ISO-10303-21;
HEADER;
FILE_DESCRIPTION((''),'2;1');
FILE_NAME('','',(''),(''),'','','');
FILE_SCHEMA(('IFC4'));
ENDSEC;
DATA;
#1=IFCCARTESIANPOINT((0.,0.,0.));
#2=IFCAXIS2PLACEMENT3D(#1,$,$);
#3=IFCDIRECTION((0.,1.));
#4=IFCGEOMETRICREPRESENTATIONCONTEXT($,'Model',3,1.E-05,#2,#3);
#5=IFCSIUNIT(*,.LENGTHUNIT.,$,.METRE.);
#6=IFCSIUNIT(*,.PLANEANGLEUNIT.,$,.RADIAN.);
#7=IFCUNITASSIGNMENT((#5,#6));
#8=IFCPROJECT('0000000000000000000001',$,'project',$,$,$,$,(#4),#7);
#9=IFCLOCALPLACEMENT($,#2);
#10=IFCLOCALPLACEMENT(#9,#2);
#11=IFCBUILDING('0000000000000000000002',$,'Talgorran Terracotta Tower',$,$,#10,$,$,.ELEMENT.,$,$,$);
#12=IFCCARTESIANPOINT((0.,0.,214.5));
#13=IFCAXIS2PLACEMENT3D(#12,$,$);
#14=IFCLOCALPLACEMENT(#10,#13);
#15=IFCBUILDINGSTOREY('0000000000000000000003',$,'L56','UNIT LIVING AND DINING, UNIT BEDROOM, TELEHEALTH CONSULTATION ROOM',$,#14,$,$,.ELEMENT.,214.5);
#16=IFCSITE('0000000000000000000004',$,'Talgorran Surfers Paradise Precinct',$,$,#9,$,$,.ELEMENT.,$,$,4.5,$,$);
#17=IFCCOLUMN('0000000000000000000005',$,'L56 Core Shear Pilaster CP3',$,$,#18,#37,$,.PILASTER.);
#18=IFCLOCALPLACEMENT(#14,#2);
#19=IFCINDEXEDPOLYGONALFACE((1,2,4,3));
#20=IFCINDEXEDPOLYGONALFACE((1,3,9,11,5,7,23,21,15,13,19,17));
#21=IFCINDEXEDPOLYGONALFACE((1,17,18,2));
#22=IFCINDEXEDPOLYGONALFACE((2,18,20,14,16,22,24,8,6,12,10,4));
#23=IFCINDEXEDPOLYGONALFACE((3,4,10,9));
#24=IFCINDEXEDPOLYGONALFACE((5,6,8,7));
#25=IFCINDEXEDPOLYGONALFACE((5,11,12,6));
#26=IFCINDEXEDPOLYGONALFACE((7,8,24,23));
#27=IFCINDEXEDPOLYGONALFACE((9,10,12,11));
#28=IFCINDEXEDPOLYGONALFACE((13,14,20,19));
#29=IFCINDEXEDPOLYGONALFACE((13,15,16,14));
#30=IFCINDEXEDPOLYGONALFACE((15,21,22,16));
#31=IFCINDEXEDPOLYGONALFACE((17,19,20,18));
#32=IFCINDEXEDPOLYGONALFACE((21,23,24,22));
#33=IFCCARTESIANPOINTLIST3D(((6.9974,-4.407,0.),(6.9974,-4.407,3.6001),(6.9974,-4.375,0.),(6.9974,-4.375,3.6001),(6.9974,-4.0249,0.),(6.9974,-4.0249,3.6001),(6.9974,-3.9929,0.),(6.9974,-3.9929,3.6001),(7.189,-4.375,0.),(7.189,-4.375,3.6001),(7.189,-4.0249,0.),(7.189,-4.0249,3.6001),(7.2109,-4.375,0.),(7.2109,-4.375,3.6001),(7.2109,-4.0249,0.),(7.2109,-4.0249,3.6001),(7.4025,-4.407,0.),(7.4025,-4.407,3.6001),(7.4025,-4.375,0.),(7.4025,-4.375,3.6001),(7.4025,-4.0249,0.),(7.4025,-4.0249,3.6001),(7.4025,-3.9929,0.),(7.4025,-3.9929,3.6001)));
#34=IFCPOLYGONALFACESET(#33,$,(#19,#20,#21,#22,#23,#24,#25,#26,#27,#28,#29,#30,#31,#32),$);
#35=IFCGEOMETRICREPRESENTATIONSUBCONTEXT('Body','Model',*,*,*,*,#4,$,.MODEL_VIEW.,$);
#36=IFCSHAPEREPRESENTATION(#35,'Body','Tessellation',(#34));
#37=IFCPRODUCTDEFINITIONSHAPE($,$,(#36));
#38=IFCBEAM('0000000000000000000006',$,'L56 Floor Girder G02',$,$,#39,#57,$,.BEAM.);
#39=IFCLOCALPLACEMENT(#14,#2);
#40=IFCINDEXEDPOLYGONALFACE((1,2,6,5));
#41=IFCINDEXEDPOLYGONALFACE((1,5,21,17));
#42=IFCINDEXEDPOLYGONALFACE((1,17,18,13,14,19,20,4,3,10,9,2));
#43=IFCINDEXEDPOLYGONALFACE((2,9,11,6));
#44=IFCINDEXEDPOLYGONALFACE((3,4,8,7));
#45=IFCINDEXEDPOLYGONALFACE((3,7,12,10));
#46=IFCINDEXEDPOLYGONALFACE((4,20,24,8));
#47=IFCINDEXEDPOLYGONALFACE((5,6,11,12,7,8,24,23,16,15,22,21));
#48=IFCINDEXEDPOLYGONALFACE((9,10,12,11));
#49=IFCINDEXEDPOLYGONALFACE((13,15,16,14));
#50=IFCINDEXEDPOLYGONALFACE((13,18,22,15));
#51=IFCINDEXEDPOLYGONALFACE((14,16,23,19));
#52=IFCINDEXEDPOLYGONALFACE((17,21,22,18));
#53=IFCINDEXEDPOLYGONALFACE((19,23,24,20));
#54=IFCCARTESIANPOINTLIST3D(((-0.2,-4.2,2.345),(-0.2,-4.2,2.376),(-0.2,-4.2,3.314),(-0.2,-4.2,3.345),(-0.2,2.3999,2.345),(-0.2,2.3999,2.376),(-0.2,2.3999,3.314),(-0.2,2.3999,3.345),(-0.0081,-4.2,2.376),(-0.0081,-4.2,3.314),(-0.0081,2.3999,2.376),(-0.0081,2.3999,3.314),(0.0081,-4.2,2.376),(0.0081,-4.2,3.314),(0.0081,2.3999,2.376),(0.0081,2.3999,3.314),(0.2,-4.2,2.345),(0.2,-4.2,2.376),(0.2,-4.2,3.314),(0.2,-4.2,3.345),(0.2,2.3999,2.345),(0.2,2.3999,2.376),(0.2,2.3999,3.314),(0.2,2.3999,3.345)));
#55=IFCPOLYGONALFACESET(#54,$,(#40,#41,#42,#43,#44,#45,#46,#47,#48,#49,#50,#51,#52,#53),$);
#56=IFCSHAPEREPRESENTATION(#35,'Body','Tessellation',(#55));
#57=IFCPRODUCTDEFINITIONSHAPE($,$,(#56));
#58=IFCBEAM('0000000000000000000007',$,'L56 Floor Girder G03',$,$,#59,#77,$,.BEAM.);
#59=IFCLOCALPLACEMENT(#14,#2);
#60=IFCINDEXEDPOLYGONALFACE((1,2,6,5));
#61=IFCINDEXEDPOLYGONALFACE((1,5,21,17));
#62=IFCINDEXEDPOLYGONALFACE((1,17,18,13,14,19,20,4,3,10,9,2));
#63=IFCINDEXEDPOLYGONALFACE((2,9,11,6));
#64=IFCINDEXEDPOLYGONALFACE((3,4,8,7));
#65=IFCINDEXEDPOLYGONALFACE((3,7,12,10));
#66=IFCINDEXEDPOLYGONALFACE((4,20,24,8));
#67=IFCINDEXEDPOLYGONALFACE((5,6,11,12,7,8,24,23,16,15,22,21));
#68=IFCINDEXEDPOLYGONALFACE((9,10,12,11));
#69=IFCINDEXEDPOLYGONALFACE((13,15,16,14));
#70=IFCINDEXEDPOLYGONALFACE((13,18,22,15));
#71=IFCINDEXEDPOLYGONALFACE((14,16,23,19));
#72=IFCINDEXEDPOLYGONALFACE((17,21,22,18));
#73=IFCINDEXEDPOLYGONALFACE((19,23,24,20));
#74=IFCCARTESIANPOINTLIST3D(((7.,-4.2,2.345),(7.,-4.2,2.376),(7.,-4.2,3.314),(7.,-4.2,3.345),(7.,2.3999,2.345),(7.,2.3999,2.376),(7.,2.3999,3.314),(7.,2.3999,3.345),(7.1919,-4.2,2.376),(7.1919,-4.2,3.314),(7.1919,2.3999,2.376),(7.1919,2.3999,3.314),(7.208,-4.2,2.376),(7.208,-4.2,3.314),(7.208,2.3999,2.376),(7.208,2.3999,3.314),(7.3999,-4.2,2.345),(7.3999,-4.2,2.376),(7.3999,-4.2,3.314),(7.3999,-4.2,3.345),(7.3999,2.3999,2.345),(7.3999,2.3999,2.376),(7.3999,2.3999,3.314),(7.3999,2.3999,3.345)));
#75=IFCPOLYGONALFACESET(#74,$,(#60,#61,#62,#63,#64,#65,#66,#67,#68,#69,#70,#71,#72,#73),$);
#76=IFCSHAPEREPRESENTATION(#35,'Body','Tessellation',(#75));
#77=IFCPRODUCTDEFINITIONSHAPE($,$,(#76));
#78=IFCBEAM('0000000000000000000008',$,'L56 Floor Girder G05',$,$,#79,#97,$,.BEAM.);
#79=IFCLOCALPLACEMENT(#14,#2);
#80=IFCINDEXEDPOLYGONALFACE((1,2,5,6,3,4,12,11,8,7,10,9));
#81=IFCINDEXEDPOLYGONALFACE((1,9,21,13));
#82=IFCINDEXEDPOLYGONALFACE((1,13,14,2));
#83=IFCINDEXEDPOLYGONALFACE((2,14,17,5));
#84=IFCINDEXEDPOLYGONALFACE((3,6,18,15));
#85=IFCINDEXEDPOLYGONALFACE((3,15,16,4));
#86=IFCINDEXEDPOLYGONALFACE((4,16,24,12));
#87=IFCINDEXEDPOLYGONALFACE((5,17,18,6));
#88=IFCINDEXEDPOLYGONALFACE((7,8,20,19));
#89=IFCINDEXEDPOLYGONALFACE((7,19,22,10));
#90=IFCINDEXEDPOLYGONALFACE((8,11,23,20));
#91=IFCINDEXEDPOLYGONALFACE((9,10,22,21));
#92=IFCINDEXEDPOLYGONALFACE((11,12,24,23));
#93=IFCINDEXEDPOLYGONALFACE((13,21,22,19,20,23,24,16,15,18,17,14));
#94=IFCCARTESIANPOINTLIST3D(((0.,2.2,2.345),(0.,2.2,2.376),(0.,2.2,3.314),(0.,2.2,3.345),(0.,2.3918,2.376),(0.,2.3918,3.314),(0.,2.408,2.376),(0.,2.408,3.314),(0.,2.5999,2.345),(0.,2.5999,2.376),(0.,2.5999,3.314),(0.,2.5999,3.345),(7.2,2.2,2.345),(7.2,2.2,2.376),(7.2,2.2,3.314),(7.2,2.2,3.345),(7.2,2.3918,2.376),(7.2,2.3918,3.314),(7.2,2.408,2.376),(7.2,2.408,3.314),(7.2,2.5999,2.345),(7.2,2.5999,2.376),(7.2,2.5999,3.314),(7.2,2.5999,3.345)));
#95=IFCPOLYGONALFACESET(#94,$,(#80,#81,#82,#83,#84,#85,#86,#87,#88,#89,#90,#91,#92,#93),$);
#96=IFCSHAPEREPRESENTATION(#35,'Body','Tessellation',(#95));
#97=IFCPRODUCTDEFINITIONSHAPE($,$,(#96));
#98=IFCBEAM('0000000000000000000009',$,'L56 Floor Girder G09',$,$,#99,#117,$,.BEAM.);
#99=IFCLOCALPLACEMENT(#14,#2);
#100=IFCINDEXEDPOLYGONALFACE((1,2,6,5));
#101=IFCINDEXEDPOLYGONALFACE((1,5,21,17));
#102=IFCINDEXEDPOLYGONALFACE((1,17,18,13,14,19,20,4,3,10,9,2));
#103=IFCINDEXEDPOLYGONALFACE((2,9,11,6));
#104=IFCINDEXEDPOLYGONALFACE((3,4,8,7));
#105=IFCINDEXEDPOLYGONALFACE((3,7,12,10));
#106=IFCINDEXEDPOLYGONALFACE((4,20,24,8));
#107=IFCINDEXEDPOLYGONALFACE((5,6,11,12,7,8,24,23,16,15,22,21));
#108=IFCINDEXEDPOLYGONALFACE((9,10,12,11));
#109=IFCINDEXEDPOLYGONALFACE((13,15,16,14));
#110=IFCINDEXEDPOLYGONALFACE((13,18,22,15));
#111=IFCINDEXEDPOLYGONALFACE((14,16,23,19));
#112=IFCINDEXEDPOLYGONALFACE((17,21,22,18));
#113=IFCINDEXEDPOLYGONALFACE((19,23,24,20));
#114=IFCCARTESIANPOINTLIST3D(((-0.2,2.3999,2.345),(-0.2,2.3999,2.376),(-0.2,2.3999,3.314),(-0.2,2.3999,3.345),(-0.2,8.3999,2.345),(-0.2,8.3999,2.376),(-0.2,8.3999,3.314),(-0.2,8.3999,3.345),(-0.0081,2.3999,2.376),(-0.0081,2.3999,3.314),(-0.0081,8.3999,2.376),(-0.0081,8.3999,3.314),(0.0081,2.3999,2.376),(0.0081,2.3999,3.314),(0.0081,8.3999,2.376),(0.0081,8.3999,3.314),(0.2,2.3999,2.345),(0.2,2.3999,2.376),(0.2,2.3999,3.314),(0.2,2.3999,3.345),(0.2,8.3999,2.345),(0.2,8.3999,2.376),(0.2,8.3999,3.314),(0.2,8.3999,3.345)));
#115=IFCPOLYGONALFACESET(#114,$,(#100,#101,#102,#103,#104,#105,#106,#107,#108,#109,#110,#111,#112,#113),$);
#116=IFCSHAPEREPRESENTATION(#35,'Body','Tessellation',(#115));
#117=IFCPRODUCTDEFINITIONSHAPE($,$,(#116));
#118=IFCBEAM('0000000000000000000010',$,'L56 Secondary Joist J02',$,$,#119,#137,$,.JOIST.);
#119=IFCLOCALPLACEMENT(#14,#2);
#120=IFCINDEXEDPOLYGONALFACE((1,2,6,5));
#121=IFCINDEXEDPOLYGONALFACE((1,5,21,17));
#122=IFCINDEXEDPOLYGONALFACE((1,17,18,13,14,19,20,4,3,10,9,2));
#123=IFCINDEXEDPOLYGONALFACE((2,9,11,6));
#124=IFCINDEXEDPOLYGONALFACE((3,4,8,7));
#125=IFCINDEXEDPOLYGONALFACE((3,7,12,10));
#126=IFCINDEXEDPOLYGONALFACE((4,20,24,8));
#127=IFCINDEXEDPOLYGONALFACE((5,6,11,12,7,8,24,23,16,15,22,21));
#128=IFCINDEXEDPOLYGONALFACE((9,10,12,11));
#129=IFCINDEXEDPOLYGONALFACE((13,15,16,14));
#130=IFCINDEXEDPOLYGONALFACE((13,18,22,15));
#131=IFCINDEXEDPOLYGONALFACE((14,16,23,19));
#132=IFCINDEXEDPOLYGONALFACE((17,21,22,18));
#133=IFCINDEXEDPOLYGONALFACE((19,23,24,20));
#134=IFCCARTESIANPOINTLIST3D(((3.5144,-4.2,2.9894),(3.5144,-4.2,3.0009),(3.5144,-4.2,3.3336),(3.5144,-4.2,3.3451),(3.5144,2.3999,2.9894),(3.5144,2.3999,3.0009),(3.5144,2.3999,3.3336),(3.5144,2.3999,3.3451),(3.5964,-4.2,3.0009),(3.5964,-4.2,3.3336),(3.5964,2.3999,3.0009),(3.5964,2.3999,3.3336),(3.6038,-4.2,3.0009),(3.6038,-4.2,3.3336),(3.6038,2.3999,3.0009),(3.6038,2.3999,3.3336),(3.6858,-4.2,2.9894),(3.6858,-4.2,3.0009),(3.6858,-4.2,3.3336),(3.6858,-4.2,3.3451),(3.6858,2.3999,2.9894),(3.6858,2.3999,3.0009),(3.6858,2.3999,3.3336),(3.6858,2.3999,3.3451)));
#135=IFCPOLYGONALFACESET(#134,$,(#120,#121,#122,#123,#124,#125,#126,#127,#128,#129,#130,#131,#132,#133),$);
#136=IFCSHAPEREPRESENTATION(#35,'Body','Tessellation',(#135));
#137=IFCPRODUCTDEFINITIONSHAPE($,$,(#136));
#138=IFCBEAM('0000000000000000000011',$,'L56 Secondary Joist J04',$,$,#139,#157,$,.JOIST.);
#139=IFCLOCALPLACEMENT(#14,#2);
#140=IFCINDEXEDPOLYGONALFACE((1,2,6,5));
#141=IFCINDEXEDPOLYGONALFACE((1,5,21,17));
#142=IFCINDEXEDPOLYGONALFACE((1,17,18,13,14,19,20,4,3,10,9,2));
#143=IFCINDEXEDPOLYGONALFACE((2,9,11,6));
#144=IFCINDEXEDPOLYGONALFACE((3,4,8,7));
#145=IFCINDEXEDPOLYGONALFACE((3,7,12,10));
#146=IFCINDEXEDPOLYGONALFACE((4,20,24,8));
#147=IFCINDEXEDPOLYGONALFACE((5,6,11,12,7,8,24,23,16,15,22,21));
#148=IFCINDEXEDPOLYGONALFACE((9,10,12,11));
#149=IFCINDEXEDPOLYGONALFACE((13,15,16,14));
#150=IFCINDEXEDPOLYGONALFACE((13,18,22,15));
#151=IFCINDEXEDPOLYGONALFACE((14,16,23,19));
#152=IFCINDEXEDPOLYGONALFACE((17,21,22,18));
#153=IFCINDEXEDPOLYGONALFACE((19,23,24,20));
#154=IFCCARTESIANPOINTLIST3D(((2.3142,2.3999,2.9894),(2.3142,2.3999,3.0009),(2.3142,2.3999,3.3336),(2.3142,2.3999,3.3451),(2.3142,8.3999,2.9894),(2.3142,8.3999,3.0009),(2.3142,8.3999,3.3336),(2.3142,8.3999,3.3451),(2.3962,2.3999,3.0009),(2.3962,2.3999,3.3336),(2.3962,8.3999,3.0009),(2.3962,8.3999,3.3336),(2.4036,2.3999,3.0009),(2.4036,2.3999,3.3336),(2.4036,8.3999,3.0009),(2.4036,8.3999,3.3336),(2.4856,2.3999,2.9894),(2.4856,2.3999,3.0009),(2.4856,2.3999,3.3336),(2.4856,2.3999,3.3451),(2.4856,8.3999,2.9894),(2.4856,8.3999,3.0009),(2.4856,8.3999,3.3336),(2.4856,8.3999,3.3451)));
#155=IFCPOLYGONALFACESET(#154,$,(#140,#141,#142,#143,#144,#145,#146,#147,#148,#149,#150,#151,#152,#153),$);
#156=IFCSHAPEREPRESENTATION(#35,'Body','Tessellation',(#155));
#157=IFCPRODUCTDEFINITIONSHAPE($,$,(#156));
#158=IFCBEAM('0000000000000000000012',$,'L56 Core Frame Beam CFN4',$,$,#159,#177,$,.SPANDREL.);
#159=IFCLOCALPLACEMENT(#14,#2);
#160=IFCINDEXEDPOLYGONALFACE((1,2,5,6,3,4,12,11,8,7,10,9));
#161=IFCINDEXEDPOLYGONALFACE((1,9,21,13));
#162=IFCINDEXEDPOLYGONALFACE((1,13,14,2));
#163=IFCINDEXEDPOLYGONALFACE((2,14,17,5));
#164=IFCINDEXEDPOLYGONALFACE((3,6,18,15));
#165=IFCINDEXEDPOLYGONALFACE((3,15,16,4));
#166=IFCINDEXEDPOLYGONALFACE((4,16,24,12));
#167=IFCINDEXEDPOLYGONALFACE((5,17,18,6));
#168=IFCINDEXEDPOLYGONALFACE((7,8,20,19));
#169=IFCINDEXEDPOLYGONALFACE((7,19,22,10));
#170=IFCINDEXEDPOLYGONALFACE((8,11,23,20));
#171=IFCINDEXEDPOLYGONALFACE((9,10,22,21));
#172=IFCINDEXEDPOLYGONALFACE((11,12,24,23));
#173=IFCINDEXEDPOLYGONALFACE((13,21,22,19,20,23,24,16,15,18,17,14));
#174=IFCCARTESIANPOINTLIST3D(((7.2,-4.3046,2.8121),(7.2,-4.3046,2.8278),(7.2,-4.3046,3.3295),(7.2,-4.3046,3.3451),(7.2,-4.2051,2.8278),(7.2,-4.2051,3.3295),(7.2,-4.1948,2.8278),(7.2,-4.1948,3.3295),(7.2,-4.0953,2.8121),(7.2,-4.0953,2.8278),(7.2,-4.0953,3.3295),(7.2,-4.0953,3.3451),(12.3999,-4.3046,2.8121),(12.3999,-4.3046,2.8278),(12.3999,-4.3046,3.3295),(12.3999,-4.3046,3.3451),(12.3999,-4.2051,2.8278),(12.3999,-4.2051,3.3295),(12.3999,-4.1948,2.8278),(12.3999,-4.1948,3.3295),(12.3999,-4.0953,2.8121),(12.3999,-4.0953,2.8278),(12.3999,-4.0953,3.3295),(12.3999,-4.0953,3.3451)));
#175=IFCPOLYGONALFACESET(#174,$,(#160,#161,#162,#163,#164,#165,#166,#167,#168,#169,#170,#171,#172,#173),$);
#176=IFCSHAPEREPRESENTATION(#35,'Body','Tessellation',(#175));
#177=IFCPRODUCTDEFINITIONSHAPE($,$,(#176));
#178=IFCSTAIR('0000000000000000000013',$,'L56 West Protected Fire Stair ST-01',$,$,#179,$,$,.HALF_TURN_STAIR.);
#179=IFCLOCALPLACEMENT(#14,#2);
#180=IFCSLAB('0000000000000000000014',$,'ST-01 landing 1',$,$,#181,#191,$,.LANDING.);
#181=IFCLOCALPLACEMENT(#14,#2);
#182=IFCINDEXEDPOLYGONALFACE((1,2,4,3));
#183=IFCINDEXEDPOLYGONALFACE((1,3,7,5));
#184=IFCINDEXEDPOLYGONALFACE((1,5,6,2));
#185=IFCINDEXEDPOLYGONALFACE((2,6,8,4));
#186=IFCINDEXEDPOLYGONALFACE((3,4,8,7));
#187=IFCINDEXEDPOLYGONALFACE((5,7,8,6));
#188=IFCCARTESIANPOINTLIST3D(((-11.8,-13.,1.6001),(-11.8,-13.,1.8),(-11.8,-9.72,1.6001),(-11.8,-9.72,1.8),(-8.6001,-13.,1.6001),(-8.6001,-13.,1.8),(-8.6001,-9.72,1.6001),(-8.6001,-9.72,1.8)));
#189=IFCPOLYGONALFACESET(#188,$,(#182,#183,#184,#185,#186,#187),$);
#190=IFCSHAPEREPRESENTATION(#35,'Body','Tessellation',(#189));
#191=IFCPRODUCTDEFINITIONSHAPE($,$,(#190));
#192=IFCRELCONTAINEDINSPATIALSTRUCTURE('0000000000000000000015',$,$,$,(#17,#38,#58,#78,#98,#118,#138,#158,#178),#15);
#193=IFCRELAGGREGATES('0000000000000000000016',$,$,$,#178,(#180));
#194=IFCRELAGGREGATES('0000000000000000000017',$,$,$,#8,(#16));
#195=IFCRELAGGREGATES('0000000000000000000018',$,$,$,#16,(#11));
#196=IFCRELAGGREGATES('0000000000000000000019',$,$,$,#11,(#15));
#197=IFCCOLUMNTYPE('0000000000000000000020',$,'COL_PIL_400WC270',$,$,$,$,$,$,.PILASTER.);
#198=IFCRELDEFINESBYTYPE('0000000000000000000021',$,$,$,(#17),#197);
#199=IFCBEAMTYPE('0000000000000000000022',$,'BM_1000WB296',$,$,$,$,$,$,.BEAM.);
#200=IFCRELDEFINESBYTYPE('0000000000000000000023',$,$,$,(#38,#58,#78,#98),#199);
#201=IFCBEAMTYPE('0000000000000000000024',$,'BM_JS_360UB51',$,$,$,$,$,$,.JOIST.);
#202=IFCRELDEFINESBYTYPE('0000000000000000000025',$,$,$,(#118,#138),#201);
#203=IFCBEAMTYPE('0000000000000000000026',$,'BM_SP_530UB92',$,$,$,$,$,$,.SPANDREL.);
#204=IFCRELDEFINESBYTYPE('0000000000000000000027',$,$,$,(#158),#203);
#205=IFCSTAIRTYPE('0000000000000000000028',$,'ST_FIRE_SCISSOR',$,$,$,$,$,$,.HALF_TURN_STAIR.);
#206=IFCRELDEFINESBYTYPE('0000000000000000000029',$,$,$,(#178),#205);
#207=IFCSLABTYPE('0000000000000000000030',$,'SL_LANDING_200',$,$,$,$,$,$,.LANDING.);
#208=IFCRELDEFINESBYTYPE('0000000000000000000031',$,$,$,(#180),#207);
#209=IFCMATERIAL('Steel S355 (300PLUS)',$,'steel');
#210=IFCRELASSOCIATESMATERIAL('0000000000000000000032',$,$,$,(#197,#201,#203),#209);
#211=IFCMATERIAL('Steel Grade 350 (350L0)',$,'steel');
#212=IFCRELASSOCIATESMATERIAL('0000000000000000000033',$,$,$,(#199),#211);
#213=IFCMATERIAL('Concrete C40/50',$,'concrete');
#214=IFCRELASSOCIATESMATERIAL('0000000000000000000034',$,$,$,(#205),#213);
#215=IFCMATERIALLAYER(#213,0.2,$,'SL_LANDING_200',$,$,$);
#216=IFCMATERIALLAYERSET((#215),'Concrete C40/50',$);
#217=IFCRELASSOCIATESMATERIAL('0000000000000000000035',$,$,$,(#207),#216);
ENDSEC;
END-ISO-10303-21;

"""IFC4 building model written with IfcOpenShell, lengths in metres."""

from ifc_helpers import new_model, si_unit, direction, frame, origin, origin_2d, place, context, subcontext, project, spatial, polyline, i_section, outline, extrude, material, layer, layer_set, material_profile, profile_set, type_object, element, aggregate, save


model = new_model("IFC4")

# Units and contexts
model_context = context("Model", 3, precision=1e-05, world=origin(), true_north=direction((0.0, 1.0)))
body_context = subcontext(model_context, "Body", "Model", "MODEL_VIEW")
ifc_project = project(units=[si_unit("LENGTHUNIT", "METRE"), si_unit("PLANEANGLEUNIT", "RADIAN")], contexts=[model_context])

# Site, building, storey
site_placement = place(None, origin())
site = spatial("IfcSite", under=ifc_project, at=site_placement, Name="Talgorran Surfers Paradise Precinct", CompositionType="ELEMENT", RefElevation=4.5)
building_placement = place(site_placement, origin())
building = spatial("IfcBuilding", under=site, at=building_placement, Name="Talgorran Terracotta Tower", CompositionType="ELEMENT")
storey_placement = place(building_placement, frame((0.0, 0.0, 214.5)))
storey = spatial("IfcBuildingStorey", under=building, at=storey_placement, Name="L56", Description="UNIT LIVING AND DINING, UNIT BEDROOM, TELEHEALTH CONSULTATION ROOM", CompositionType="ELEMENT", Elevation=214.5)

# Column
ifc_material_1 = material(Name="Steel S355 (300PLUS)", Category="steel")
ifc_material_profile_1 = material_profile(ifc_material_1, i_section(OverallWidth=0.405, OverallDepth=0.4141, WebThickness=0.022, FlangeThickness=0.032, at=origin_2d()), Name="400WC270")
ifc_profile_set_1 = profile_set([ifc_material_profile_1], Name="Steel S355 (300PLUS)")
column_type = type_object("IfcColumnType", Name="COL_PIL_400WC270", PredefinedType="PILASTER", material=ifc_profile_set_1)
column_placement = place(storey_placement, frame((7.2, -4.2, 0.0), z_axis=(0.0, 0.0, 1.0), x_axis=(1.0, 0.0, 0.0)))
element("IfcColumn", 1, at=column_placement, inside=storey, type_object=column_type, Name="L56 Core Shear Pilaster CP3", PredefinedType="PILASTER", context=body_context, shape_type="SweptSolid", body=[
    extrude(i_section(OverallWidth=0.405, OverallDepth=0.4141, WebThickness=0.022, FlangeThickness=0.032, at=origin_2d()), origin(), (0.0, 0.0, 1.0), 3.6001),
])

# Beams
ifc_material_2 = material(Name="Steel Grade 350 (350L0)", Category="steel")
ifc_material_profile_2 = material_profile(ifc_material_2, i_section(OverallWidth=0.3999, OverallDepth=1.0, WebThickness=0.0161, FlangeThickness=0.031, at=origin_2d()), Name="1000WB296")
ifc_profile_set_2 = profile_set([ifc_material_profile_2], Name="Steel Grade 350 (350L0)")
beam_type_1 = type_object("IfcBeamType", Name="BM_1000WB296", PredefinedType="BEAM", material=ifc_profile_set_2)
for number, where, z_axis, x_axis, name in (
    (2, (0.0, -4.2, 2.845), (0.0, 1.0, 0.0), (-1.0, 0.0, 0.0), "L56 Floor Girder G02"),
    (3, (7.2, -4.2, 2.845), (0.0, 1.0, 0.0), (-1.0, 0.0, 0.0), "L56 Floor Girder G03"),
):
    element("IfcBeam", number, at=place(storey_placement, frame(where, z_axis=z_axis, x_axis=x_axis)), inside=storey, type_object=beam_type_1, Name=name, PredefinedType="BEAM", context=body_context, shape_type="SweptSolid", body=[
        extrude(i_section(OverallWidth=0.3999, OverallDepth=1.0, WebThickness=0.0161, FlangeThickness=0.031, at=origin_2d()), origin(), (0.0, 0.0, 1.0), 6.5999),
    ])
beam_1_placement = place(storey_placement, frame((0.0, 2.3999, 2.845), z_axis=(1.0, 0.0, 0.0), x_axis=(0.0, 1.0, 0.0)))
element("IfcBeam", 4, at=beam_1_placement, inside=storey, type_object=beam_type_1, Name="L56 Floor Girder G05", PredefinedType="BEAM", context=body_context, shape_type="SweptSolid", body=[
    extrude(i_section(OverallWidth=0.3999, OverallDepth=1.0, WebThickness=0.0161, FlangeThickness=0.031, at=origin_2d()), origin(), (0.0, 0.0, 1.0), 7.2),
])
beam_2_placement = place(storey_placement, frame((0.0, 2.3999, 2.845), z_axis=(0.0, 1.0, 0.0), x_axis=(-1.0, 0.0, 0.0)))
element("IfcBeam", 5, at=beam_2_placement, inside=storey, type_object=beam_type_1, Name="L56 Floor Girder G09", PredefinedType="BEAM", context=body_context, shape_type="SweptSolid", body=[
    extrude(i_section(OverallWidth=0.3999, OverallDepth=1.0, WebThickness=0.0161, FlangeThickness=0.031, at=origin_2d()), origin(), (0.0, 0.0, 1.0), 6.0),
])
ifc_material_profile_3 = material_profile(ifc_material_1, i_section(OverallWidth=0.1714, OverallDepth=0.3557, WebThickness=0.0073, FlangeThickness=0.0115, at=origin_2d()), Name="360UB50.7")
ifc_profile_set_3 = profile_set([ifc_material_profile_3], Name="Steel S355 (300PLUS)")
beam_type_2 = type_object("IfcBeamType", Name="BM_JS_360UB51", PredefinedType="JOIST", material=ifc_profile_set_3)
beam_3_placement = place(storey_placement, frame((3.6001, -4.2, 3.1672), z_axis=(0.0, 1.0, 0.0), x_axis=(-1.0, 0.0, 0.0)))
element("IfcBeam", 6, at=beam_3_placement, inside=storey, type_object=beam_type_2, Name="L56 Secondary Joist J02", PredefinedType="JOIST", context=body_context, shape_type="SweptSolid", body=[
    extrude(i_section(OverallWidth=0.1714, OverallDepth=0.3557, WebThickness=0.0073, FlangeThickness=0.0115, at=origin_2d()), origin(), (0.0, 0.0, 1.0), 6.5999),
])
beam_4_placement = place(storey_placement, frame((2.3999, 2.3999, 3.1672), z_axis=(0.0, 1.0, 0.0), x_axis=(-1.0, 0.0, 0.0)))
element("IfcBeam", 7, at=beam_4_placement, inside=storey, type_object=beam_type_2, Name="L56 Secondary Joist J04", PredefinedType="JOIST", context=body_context, shape_type="SweptSolid", body=[
    extrude(i_section(OverallWidth=0.1714, OverallDepth=0.3557, WebThickness=0.0073, FlangeThickness=0.0115, at=origin_2d()), origin(), (0.0, 0.0, 1.0), 6.0),
])
ifc_material_profile_4 = material_profile(ifc_material_1, i_section(OverallWidth=0.2092, OverallDepth=0.533, WebThickness=0.0103, FlangeThickness=0.0156, at=origin_2d()), Name="530UB92.4")
ifc_profile_set_4 = profile_set([ifc_material_profile_4], Name="Steel S355 (300PLUS)")
beam_type_3 = type_object("IfcBeamType", Name="BM_SP_530UB92", PredefinedType="SPANDREL", material=ifc_profile_set_4)
beam_5_placement = place(storey_placement, frame((7.2, -4.2, 3.0786), z_axis=(1.0, 0.0, 0.0), x_axis=(0.0, 1.0, 0.0)))
element("IfcBeam", 8, at=beam_5_placement, inside=storey, type_object=beam_type_3, Name="L56 Core Frame Beam CFN4", PredefinedType="SPANDREL", context=body_context, shape_type="SweptSolid", body=[
    extrude(i_section(OverallWidth=0.2092, OverallDepth=0.533, WebThickness=0.0103, FlangeThickness=0.0156, at=origin_2d()), origin(), (0.0, 0.0, 1.0), 5.2),
])

# Stair, slab
ifc_material_3 = material(Name="Concrete C40/50", Category="concrete")
stair_type = type_object("IfcStairType", Name="ST_FIRE_SCISSOR", PredefinedType="HALF_TURN_STAIR", material=ifc_material_3)
stair_1_placement = place(storey_placement, origin())
stair_1 = element("IfcStair", 9, at=stair_1_placement, inside=storey, type_object=stair_type, Name="L56 West Protected Fire Stair ST-01", PredefinedType="HALF_TURN_STAIR")
ifc_layer_1 = layer(ifc_material_3, 0.2, Name="SL_LANDING_200")
ifc_layer_set_1 = layer_set([ifc_layer_1], Name="Concrete C40/50")
slab_type = type_object("IfcSlabType", Name="SL_LANDING_200", PredefinedType="LANDING", material=ifc_layer_set_1)
slab_1_placement = place(storey_placement, frame((0.0, 0.0, 1.6001)))
slab_1 = element("IfcSlab", 10, at=slab_1_placement, type_object=slab_type, Name="ST-01 landing 1", PredefinedType="LANDING", context=body_context, shape_type="SweptSolid", body=[
    extrude(outline(polyline([(-11.8, -9.72), (-11.8, -13.0), (-8.6001, -13.0), (-8.6001, -9.72), (-11.8, -9.72)])), origin(), (0.0, 0.0, 1.0), 0.2),
])
aggregate(stair_1, [slab_1])

save(model, "model.ifc")
